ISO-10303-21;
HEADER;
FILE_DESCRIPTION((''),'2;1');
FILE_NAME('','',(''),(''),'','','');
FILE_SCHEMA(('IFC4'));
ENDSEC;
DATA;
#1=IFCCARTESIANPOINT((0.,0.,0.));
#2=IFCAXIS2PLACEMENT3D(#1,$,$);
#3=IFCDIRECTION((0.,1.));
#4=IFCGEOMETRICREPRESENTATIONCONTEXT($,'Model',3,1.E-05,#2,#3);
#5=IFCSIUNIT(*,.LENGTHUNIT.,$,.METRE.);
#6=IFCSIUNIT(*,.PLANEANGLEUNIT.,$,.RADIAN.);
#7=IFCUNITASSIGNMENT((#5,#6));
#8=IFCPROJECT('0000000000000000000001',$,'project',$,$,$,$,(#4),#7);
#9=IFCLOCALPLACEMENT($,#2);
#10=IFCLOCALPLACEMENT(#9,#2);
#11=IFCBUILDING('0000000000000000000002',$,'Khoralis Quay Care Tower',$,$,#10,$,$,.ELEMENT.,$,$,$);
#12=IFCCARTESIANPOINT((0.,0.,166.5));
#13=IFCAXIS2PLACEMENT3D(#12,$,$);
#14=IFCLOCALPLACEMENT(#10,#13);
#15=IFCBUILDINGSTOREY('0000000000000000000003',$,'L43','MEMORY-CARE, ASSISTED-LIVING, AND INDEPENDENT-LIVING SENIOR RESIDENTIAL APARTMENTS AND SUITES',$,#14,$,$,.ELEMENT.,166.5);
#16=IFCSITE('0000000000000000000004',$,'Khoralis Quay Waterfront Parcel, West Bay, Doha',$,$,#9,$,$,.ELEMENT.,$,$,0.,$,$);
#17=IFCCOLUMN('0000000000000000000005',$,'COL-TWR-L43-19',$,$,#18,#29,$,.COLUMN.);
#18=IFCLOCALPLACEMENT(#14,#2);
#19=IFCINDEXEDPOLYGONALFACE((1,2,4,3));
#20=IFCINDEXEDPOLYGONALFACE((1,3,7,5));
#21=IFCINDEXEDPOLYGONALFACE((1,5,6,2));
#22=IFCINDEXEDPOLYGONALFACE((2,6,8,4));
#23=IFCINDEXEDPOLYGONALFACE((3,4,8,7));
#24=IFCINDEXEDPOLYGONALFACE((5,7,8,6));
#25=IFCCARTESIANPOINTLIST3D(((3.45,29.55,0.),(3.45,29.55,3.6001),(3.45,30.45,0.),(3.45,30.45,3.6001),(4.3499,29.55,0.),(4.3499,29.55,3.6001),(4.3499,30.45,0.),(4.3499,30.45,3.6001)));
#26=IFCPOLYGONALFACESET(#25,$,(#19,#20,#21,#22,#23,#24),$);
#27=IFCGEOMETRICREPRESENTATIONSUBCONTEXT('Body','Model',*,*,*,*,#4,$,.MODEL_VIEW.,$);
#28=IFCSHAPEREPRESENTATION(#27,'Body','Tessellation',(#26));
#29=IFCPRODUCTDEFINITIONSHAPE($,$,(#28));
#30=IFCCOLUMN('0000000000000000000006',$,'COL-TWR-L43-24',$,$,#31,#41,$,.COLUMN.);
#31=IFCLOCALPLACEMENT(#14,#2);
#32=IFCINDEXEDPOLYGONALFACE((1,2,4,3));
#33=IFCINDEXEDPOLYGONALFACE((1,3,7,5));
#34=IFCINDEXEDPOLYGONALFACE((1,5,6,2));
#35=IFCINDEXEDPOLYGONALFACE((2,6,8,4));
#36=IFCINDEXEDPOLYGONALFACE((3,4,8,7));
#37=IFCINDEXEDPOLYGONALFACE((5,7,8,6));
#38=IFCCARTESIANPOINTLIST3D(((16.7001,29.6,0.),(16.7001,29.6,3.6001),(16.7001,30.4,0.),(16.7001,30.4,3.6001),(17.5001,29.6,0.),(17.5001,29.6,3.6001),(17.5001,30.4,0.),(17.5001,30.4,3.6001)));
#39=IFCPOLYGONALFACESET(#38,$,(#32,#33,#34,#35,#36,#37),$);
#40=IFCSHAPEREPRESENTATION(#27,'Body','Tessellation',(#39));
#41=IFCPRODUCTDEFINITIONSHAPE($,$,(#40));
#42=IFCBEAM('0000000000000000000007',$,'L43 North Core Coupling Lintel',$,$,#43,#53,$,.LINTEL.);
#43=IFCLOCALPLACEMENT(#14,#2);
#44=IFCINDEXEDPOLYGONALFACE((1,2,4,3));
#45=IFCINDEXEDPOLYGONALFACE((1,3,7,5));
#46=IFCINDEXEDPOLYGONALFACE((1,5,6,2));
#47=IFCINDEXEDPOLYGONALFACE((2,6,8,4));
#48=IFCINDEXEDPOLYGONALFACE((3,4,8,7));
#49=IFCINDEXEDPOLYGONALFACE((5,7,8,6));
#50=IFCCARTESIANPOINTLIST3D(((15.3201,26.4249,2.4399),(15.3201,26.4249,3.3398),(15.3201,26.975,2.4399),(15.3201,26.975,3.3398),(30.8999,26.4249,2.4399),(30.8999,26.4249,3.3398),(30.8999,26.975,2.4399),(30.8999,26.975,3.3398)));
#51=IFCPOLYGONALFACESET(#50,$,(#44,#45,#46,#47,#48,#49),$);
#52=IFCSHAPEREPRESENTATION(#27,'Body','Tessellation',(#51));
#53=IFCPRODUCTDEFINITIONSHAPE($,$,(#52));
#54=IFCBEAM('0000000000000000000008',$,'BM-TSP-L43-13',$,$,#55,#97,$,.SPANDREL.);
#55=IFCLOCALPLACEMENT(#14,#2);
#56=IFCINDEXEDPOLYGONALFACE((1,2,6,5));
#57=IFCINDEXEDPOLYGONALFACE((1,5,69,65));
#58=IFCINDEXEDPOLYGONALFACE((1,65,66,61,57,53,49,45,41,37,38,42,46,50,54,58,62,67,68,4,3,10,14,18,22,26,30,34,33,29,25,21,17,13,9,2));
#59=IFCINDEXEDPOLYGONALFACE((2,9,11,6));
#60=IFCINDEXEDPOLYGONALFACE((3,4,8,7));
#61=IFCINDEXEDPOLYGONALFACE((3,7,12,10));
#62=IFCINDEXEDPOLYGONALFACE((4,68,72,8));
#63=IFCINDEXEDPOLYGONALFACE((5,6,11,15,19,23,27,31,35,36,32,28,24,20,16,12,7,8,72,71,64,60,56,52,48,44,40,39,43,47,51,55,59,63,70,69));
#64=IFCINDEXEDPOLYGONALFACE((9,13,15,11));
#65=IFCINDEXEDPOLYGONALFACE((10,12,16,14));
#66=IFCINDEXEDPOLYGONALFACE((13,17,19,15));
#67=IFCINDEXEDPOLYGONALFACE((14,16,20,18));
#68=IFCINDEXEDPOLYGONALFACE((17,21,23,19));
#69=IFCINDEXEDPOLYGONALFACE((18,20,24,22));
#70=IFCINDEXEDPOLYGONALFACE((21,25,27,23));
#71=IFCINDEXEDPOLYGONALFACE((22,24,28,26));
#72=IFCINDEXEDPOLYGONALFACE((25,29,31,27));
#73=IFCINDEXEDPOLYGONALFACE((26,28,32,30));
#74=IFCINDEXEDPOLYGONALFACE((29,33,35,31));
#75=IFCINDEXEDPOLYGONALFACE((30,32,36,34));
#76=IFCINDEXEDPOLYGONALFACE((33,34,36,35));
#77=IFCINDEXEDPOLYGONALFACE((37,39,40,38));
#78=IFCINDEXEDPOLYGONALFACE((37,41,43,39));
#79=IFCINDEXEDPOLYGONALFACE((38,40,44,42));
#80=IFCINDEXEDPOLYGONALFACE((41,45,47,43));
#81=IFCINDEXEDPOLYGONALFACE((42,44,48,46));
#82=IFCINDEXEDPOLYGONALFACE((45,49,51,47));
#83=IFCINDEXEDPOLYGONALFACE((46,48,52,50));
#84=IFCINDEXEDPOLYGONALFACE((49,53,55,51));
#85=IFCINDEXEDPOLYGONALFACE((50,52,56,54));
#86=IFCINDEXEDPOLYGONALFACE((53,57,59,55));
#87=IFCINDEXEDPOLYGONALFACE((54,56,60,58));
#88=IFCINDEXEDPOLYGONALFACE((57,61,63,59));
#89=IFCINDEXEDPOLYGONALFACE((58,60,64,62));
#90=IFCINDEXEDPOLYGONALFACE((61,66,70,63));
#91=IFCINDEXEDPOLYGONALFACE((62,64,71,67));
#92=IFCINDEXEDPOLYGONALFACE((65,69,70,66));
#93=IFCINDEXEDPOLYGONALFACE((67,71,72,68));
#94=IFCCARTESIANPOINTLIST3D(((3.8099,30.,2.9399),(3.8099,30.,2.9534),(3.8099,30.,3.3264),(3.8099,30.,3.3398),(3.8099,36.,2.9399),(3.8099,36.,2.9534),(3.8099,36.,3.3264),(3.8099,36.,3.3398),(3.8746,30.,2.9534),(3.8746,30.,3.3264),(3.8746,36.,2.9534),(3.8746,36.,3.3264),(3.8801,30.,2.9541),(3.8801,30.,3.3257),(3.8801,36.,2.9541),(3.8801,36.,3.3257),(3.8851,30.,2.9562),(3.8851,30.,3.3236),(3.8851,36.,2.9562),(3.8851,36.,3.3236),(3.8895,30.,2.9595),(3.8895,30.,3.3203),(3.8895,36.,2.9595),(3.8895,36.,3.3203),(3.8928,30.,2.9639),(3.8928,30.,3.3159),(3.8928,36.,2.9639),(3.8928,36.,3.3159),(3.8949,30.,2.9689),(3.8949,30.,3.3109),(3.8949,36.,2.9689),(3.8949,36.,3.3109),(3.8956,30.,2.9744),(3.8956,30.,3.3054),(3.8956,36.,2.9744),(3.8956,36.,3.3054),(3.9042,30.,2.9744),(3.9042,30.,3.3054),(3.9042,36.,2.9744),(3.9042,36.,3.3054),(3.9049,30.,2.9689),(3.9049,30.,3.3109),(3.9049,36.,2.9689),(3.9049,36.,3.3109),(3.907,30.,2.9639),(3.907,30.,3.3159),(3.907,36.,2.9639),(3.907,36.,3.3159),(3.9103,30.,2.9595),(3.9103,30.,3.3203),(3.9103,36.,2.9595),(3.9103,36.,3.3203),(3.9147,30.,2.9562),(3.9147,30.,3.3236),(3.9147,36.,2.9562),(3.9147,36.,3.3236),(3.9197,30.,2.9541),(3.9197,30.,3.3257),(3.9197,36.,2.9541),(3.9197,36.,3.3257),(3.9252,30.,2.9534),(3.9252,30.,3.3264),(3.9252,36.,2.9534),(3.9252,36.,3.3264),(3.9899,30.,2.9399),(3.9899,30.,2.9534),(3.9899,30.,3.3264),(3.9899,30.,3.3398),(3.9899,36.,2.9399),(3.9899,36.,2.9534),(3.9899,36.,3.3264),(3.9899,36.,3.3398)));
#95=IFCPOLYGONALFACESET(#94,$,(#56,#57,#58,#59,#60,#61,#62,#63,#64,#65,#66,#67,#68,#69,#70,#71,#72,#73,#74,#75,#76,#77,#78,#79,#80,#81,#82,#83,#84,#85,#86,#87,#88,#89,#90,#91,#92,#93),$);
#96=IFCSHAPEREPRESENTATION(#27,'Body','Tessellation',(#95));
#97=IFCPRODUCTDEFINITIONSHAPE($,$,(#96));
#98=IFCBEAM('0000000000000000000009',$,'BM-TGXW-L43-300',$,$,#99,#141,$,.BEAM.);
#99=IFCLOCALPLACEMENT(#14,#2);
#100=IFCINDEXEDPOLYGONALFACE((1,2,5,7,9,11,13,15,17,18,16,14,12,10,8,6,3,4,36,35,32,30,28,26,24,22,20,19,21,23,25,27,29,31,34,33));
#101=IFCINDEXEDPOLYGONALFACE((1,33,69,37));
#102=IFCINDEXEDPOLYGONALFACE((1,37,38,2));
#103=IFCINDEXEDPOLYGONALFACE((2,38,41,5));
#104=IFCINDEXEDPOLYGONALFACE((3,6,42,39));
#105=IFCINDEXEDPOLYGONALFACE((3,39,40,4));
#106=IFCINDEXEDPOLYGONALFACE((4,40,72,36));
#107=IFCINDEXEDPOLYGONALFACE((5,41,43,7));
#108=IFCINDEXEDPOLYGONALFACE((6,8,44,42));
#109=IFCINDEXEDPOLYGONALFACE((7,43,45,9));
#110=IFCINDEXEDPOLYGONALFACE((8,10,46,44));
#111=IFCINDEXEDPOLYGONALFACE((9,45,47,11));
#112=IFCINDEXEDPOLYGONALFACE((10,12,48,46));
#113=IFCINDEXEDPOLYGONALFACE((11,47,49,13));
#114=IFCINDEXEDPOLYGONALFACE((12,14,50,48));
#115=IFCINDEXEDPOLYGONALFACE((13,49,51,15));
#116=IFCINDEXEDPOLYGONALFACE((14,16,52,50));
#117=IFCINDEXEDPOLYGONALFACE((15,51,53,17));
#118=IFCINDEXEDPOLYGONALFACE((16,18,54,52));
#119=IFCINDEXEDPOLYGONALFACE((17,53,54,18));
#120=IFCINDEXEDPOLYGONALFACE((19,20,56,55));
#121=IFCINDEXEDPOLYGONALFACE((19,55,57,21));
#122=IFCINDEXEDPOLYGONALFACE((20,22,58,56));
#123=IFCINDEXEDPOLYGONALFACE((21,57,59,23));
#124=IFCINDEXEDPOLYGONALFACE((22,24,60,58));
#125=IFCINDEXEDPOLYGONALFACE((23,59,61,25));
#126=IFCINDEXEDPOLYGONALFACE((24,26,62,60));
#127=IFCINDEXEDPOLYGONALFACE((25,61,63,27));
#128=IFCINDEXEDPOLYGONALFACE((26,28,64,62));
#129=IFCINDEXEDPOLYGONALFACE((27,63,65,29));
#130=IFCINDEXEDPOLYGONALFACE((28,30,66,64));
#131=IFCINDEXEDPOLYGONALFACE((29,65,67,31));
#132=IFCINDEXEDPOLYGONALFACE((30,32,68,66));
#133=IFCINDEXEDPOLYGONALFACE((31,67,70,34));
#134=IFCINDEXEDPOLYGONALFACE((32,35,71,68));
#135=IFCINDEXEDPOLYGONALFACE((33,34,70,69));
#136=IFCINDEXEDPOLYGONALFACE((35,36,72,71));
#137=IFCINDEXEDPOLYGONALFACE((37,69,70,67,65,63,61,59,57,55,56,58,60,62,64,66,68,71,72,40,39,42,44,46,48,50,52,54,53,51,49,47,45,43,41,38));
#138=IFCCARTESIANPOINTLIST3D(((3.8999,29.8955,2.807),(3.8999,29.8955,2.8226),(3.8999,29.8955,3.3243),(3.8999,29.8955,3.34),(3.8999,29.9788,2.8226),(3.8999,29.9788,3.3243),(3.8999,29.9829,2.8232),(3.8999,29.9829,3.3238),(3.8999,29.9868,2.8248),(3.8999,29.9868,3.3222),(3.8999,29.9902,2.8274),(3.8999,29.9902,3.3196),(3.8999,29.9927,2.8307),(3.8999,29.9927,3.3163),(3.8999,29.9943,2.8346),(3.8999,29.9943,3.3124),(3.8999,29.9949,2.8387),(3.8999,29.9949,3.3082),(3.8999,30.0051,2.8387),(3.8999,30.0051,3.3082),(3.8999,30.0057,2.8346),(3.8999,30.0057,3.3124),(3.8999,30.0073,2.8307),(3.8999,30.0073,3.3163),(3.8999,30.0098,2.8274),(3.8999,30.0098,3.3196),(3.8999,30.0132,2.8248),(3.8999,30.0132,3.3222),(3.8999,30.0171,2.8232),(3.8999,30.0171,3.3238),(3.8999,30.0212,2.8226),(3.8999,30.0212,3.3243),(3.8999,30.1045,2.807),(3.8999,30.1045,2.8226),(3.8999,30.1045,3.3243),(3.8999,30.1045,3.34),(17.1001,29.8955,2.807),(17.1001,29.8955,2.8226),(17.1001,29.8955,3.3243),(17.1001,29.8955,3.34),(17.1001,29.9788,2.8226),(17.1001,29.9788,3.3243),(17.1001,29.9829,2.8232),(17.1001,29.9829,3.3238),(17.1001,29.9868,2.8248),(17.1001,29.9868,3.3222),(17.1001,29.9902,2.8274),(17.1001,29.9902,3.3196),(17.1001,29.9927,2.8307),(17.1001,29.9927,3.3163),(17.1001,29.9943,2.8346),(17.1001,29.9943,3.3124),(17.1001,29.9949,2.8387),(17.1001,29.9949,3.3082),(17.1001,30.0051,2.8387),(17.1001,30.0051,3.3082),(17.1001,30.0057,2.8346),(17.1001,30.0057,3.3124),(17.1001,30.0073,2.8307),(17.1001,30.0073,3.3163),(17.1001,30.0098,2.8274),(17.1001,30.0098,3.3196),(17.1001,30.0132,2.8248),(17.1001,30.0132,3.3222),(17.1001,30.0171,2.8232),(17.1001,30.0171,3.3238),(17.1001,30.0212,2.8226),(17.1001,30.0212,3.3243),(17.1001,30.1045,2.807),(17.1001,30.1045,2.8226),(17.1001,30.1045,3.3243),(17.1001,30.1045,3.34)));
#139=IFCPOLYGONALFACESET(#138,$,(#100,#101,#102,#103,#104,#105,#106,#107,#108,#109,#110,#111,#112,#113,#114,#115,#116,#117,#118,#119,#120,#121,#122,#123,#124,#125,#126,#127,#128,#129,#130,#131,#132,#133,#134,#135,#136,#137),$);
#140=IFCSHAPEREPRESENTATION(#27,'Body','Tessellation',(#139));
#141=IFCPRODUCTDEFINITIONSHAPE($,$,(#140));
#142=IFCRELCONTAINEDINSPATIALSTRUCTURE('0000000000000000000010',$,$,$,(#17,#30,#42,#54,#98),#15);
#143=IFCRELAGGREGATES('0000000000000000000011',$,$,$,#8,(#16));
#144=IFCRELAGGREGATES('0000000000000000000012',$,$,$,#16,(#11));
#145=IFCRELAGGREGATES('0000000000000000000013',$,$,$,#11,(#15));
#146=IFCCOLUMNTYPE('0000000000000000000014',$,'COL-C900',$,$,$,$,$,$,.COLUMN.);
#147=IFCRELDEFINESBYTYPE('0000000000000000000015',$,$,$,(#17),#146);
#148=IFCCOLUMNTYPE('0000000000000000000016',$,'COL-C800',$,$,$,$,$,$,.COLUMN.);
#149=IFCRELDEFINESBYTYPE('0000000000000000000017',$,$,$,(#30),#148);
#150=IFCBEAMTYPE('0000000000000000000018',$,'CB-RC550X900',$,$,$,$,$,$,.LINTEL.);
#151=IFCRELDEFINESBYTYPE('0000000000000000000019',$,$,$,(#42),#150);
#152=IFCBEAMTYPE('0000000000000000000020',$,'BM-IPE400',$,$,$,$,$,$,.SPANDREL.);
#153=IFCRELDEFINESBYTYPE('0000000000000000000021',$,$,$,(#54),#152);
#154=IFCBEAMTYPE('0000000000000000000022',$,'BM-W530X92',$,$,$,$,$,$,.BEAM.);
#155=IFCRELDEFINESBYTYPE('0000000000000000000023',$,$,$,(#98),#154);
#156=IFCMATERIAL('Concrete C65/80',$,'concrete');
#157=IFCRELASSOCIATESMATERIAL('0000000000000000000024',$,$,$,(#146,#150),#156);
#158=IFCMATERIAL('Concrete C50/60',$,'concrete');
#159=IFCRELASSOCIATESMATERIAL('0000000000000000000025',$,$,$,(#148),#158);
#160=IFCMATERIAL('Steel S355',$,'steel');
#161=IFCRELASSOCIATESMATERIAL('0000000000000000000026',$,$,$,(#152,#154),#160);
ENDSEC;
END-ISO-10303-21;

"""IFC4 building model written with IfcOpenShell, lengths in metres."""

from ifc_helpers import new_model, si_unit, direction, frame, origin, origin_2d, place, context, subcontext, project, spatial, rectangle, i_section, extrude, source, transform, mapped, material, material_profile, profile_set, type_object, element, save


model = new_model("IFC4")

# Units and contexts
model_context = context("Model", 3, precision=1e-05, world=origin(), true_north=direction((0.0, 1.0)))
body_context = subcontext(model_context, "Body", "Model", "MODEL_VIEW")
ifc_project = project(units=[si_unit("LENGTHUNIT", "METRE"), si_unit("PLANEANGLEUNIT", "RADIAN")], contexts=[model_context])

# Site, building, storey
site_placement = place(None, origin())
site = spatial("IfcSite", under=ifc_project, at=site_placement, Name="Khoralis Quay Waterfront Parcel, West Bay, Doha", CompositionType="ELEMENT", RefElevation=0.0)
building_placement = place(site_placement, origin())
building = spatial("IfcBuilding", under=site, at=building_placement, Name="Khoralis Quay Care Tower", CompositionType="ELEMENT")
storey_placement = place(building_placement, frame((0.0, 0.0, 166.5)))
storey = spatial("IfcBuildingStorey", under=building, at=storey_placement, Name="L43", Description="MEMORY-CARE, ASSISTED-LIVING, AND INDEPENDENT-LIVING SENIOR RESIDENTIAL APARTMENTS AND SUITES", CompositionType="ELEMENT", Elevation=166.5)

# Columns
ifc_material_1 = material(Name="Concrete C65/80", Category="concrete")
ifc_material_profile_1 = material_profile(ifc_material_1, rectangle(XDim=0.8999, YDim=0.8999, at=origin_2d()), Name="Concrete C65/80")
ifc_profile_set_1 = profile_set([ifc_material_profile_1], Name="Concrete C65/80")
column_type_1 = type_object("IfcColumnType", Name="COL-C900", PredefinedType="COLUMN", material=ifc_profile_set_1)
shared_shape_1 = source(origin(), body_context, "Body", "SweptSolid", [
    extrude(rectangle(XDim=0.8999, YDim=0.8999, at=origin_2d()), origin(), (0.0, 0.0, 1.0), 3.6001),
])
column_1_placement = place(storey_placement, frame((3.8999, 30.0, 0.0), z_axis=(0.0, 0.0, 1.0), x_axis=(1.0, 0.0, 0.0)))
element("IfcColumn", 1, at=column_1_placement, inside=storey, type_object=column_type_1, Name="COL-TWR-L43-19", PredefinedType="COLUMN", context=body_context, shape_type="MappedRepresentation", body=[
    mapped(shared_shape_1, transform((0.0, 0.0, 0.0), scale=1.0)),
])
ifc_material_2 = material(Name="Concrete C50/60", Category="concrete")
ifc_material_profile_2 = material_profile(ifc_material_2, rectangle(XDim=0.8, YDim=0.8, at=origin_2d()), Name="Concrete C50/60")
ifc_profile_set_2 = profile_set([ifc_material_profile_2], Name="Concrete C50/60")
column_type_2 = type_object("IfcColumnType", Name="COL-C800", PredefinedType="COLUMN", material=ifc_profile_set_2)
shared_shape_2 = source(origin(), body_context, "Body", "SweptSolid", [
    extrude(rectangle(XDim=0.8, YDim=0.8, at=origin_2d()), origin(), (0.0, 0.0, 1.0), 3.6001),
])
column_2_placement = place(storey_placement, frame((17.1001, 30.0, 0.0), z_axis=(0.0, 0.0, 1.0), x_axis=(1.0, 0.0, 0.0)))
element("IfcColumn", 2, at=column_2_placement, inside=storey, type_object=column_type_2, Name="COL-TWR-L43-24", PredefinedType="COLUMN", context=body_context, shape_type="MappedRepresentation", body=[
    mapped(shared_shape_2, transform((0.0, 0.0, 0.0), scale=1.0)),
])

# Beams
ifc_material_profile_3 = material_profile(ifc_material_1, rectangle(XDim=0.55, YDim=0.8999, at=origin_2d()), Name="Concrete C65/80")
ifc_profile_set_3 = profile_set([ifc_material_profile_3], Name="Concrete C65/80")
beam_type_1 = type_object("IfcBeamType", Name="CB-RC550X900", PredefinedType="LINTEL", material=ifc_profile_set_3)
shared_shape_3 = source(origin(), body_context, "Body", "SweptSolid", [
    extrude(rectangle(XDim=0.55, YDim=0.8999, at=origin_2d()), origin(), (0.0, 0.0, 1.0), 15.5798),
])
beam_1_placement = place(storey_placement, frame((15.3201, 26.7, 2.8899), z_axis=(1.0, 0.0, 0.0), x_axis=(0.0, 1.0, 0.0)))
element("IfcBeam", 3, at=beam_1_placement, inside=storey, type_object=beam_type_1, Name="L43 North Core Coupling Lintel", PredefinedType="LINTEL", context=body_context, shape_type="MappedRepresentation", body=[
    mapped(shared_shape_3, transform((0.0, 0.0, 0.0), scale=1.0)),
])
ifc_material_3 = material(Name="Steel S355", Category="steel")
ifc_material_profile_4 = material_profile(ifc_material_3, i_section(OverallWidth=0.1799, OverallDepth=0.3999, WebThickness=0.0085, FlangeThickness=0.0134, FilletRadius=0.021, at=origin_2d()), Name="Steel S355")
ifc_profile_set_4 = profile_set([ifc_material_profile_4], Name="Steel S355")
beam_type_2 = type_object("IfcBeamType", Name="BM-IPE400", PredefinedType="SPANDREL", material=ifc_profile_set_4)
shared_shape_4 = source(origin(), body_context, "Body", "SweptSolid", [
    extrude(i_section(OverallWidth=0.1799, OverallDepth=0.3999, WebThickness=0.0085, FlangeThickness=0.0134, FilletRadius=0.021, at=origin_2d()), origin(), (0.0, 0.0, 1.0), 6.0),
])
beam_2_placement = place(storey_placement, frame((3.8999, 30.0, 3.1399), z_axis=(0.0, 1.0, 0.0), x_axis=(-1.0, 0.0, 0.0)))
element("IfcBeam", 4, at=beam_2_placement, inside=storey, type_object=beam_type_2, Name="BM-TSP-L43-13", PredefinedType="SPANDREL", context=body_context, shape_type="MappedRepresentation", body=[
    mapped(shared_shape_4, transform((0.0, 0.0, 0.0), scale=1.0)),
])
ifc_material_profile_5 = material_profile(ifc_material_3, i_section(OverallWidth=0.209, OverallDepth=0.533, WebThickness=0.0103, FlangeThickness=0.0156, FilletRadius=0.0161, at=origin_2d()), Name="Steel S355")
ifc_profile_set_5 = profile_set([ifc_material_profile_5], Name="Steel S355")
beam_type_3 = type_object("IfcBeamType", Name="BM-W530X92", PredefinedType="BEAM", material=ifc_profile_set_5)
shared_shape_5 = source(origin(), body_context, "Body", "SweptSolid", [
    extrude(i_section(OverallWidth=0.209, OverallDepth=0.533, WebThickness=0.0103, FlangeThickness=0.0156, FilletRadius=0.0161, at=origin_2d()), origin(), (0.0, 0.0, 1.0), 13.2002),
])
beam_3_placement = place(storey_placement, frame((3.8999, 30.0, 3.0735), z_axis=(1.0, 0.0, 0.0), x_axis=(0.0, 1.0, 0.0)))
element("IfcBeam", 5, at=beam_3_placement, inside=storey, type_object=beam_type_3, Name="BM-TGXW-L43-300", PredefinedType="BEAM", context=body_context, shape_type="MappedRepresentation", body=[
    mapped(shared_shape_5, transform((0.0, 0.0, 0.0), scale=1.0)),
])

save(model, "model.ifc")
